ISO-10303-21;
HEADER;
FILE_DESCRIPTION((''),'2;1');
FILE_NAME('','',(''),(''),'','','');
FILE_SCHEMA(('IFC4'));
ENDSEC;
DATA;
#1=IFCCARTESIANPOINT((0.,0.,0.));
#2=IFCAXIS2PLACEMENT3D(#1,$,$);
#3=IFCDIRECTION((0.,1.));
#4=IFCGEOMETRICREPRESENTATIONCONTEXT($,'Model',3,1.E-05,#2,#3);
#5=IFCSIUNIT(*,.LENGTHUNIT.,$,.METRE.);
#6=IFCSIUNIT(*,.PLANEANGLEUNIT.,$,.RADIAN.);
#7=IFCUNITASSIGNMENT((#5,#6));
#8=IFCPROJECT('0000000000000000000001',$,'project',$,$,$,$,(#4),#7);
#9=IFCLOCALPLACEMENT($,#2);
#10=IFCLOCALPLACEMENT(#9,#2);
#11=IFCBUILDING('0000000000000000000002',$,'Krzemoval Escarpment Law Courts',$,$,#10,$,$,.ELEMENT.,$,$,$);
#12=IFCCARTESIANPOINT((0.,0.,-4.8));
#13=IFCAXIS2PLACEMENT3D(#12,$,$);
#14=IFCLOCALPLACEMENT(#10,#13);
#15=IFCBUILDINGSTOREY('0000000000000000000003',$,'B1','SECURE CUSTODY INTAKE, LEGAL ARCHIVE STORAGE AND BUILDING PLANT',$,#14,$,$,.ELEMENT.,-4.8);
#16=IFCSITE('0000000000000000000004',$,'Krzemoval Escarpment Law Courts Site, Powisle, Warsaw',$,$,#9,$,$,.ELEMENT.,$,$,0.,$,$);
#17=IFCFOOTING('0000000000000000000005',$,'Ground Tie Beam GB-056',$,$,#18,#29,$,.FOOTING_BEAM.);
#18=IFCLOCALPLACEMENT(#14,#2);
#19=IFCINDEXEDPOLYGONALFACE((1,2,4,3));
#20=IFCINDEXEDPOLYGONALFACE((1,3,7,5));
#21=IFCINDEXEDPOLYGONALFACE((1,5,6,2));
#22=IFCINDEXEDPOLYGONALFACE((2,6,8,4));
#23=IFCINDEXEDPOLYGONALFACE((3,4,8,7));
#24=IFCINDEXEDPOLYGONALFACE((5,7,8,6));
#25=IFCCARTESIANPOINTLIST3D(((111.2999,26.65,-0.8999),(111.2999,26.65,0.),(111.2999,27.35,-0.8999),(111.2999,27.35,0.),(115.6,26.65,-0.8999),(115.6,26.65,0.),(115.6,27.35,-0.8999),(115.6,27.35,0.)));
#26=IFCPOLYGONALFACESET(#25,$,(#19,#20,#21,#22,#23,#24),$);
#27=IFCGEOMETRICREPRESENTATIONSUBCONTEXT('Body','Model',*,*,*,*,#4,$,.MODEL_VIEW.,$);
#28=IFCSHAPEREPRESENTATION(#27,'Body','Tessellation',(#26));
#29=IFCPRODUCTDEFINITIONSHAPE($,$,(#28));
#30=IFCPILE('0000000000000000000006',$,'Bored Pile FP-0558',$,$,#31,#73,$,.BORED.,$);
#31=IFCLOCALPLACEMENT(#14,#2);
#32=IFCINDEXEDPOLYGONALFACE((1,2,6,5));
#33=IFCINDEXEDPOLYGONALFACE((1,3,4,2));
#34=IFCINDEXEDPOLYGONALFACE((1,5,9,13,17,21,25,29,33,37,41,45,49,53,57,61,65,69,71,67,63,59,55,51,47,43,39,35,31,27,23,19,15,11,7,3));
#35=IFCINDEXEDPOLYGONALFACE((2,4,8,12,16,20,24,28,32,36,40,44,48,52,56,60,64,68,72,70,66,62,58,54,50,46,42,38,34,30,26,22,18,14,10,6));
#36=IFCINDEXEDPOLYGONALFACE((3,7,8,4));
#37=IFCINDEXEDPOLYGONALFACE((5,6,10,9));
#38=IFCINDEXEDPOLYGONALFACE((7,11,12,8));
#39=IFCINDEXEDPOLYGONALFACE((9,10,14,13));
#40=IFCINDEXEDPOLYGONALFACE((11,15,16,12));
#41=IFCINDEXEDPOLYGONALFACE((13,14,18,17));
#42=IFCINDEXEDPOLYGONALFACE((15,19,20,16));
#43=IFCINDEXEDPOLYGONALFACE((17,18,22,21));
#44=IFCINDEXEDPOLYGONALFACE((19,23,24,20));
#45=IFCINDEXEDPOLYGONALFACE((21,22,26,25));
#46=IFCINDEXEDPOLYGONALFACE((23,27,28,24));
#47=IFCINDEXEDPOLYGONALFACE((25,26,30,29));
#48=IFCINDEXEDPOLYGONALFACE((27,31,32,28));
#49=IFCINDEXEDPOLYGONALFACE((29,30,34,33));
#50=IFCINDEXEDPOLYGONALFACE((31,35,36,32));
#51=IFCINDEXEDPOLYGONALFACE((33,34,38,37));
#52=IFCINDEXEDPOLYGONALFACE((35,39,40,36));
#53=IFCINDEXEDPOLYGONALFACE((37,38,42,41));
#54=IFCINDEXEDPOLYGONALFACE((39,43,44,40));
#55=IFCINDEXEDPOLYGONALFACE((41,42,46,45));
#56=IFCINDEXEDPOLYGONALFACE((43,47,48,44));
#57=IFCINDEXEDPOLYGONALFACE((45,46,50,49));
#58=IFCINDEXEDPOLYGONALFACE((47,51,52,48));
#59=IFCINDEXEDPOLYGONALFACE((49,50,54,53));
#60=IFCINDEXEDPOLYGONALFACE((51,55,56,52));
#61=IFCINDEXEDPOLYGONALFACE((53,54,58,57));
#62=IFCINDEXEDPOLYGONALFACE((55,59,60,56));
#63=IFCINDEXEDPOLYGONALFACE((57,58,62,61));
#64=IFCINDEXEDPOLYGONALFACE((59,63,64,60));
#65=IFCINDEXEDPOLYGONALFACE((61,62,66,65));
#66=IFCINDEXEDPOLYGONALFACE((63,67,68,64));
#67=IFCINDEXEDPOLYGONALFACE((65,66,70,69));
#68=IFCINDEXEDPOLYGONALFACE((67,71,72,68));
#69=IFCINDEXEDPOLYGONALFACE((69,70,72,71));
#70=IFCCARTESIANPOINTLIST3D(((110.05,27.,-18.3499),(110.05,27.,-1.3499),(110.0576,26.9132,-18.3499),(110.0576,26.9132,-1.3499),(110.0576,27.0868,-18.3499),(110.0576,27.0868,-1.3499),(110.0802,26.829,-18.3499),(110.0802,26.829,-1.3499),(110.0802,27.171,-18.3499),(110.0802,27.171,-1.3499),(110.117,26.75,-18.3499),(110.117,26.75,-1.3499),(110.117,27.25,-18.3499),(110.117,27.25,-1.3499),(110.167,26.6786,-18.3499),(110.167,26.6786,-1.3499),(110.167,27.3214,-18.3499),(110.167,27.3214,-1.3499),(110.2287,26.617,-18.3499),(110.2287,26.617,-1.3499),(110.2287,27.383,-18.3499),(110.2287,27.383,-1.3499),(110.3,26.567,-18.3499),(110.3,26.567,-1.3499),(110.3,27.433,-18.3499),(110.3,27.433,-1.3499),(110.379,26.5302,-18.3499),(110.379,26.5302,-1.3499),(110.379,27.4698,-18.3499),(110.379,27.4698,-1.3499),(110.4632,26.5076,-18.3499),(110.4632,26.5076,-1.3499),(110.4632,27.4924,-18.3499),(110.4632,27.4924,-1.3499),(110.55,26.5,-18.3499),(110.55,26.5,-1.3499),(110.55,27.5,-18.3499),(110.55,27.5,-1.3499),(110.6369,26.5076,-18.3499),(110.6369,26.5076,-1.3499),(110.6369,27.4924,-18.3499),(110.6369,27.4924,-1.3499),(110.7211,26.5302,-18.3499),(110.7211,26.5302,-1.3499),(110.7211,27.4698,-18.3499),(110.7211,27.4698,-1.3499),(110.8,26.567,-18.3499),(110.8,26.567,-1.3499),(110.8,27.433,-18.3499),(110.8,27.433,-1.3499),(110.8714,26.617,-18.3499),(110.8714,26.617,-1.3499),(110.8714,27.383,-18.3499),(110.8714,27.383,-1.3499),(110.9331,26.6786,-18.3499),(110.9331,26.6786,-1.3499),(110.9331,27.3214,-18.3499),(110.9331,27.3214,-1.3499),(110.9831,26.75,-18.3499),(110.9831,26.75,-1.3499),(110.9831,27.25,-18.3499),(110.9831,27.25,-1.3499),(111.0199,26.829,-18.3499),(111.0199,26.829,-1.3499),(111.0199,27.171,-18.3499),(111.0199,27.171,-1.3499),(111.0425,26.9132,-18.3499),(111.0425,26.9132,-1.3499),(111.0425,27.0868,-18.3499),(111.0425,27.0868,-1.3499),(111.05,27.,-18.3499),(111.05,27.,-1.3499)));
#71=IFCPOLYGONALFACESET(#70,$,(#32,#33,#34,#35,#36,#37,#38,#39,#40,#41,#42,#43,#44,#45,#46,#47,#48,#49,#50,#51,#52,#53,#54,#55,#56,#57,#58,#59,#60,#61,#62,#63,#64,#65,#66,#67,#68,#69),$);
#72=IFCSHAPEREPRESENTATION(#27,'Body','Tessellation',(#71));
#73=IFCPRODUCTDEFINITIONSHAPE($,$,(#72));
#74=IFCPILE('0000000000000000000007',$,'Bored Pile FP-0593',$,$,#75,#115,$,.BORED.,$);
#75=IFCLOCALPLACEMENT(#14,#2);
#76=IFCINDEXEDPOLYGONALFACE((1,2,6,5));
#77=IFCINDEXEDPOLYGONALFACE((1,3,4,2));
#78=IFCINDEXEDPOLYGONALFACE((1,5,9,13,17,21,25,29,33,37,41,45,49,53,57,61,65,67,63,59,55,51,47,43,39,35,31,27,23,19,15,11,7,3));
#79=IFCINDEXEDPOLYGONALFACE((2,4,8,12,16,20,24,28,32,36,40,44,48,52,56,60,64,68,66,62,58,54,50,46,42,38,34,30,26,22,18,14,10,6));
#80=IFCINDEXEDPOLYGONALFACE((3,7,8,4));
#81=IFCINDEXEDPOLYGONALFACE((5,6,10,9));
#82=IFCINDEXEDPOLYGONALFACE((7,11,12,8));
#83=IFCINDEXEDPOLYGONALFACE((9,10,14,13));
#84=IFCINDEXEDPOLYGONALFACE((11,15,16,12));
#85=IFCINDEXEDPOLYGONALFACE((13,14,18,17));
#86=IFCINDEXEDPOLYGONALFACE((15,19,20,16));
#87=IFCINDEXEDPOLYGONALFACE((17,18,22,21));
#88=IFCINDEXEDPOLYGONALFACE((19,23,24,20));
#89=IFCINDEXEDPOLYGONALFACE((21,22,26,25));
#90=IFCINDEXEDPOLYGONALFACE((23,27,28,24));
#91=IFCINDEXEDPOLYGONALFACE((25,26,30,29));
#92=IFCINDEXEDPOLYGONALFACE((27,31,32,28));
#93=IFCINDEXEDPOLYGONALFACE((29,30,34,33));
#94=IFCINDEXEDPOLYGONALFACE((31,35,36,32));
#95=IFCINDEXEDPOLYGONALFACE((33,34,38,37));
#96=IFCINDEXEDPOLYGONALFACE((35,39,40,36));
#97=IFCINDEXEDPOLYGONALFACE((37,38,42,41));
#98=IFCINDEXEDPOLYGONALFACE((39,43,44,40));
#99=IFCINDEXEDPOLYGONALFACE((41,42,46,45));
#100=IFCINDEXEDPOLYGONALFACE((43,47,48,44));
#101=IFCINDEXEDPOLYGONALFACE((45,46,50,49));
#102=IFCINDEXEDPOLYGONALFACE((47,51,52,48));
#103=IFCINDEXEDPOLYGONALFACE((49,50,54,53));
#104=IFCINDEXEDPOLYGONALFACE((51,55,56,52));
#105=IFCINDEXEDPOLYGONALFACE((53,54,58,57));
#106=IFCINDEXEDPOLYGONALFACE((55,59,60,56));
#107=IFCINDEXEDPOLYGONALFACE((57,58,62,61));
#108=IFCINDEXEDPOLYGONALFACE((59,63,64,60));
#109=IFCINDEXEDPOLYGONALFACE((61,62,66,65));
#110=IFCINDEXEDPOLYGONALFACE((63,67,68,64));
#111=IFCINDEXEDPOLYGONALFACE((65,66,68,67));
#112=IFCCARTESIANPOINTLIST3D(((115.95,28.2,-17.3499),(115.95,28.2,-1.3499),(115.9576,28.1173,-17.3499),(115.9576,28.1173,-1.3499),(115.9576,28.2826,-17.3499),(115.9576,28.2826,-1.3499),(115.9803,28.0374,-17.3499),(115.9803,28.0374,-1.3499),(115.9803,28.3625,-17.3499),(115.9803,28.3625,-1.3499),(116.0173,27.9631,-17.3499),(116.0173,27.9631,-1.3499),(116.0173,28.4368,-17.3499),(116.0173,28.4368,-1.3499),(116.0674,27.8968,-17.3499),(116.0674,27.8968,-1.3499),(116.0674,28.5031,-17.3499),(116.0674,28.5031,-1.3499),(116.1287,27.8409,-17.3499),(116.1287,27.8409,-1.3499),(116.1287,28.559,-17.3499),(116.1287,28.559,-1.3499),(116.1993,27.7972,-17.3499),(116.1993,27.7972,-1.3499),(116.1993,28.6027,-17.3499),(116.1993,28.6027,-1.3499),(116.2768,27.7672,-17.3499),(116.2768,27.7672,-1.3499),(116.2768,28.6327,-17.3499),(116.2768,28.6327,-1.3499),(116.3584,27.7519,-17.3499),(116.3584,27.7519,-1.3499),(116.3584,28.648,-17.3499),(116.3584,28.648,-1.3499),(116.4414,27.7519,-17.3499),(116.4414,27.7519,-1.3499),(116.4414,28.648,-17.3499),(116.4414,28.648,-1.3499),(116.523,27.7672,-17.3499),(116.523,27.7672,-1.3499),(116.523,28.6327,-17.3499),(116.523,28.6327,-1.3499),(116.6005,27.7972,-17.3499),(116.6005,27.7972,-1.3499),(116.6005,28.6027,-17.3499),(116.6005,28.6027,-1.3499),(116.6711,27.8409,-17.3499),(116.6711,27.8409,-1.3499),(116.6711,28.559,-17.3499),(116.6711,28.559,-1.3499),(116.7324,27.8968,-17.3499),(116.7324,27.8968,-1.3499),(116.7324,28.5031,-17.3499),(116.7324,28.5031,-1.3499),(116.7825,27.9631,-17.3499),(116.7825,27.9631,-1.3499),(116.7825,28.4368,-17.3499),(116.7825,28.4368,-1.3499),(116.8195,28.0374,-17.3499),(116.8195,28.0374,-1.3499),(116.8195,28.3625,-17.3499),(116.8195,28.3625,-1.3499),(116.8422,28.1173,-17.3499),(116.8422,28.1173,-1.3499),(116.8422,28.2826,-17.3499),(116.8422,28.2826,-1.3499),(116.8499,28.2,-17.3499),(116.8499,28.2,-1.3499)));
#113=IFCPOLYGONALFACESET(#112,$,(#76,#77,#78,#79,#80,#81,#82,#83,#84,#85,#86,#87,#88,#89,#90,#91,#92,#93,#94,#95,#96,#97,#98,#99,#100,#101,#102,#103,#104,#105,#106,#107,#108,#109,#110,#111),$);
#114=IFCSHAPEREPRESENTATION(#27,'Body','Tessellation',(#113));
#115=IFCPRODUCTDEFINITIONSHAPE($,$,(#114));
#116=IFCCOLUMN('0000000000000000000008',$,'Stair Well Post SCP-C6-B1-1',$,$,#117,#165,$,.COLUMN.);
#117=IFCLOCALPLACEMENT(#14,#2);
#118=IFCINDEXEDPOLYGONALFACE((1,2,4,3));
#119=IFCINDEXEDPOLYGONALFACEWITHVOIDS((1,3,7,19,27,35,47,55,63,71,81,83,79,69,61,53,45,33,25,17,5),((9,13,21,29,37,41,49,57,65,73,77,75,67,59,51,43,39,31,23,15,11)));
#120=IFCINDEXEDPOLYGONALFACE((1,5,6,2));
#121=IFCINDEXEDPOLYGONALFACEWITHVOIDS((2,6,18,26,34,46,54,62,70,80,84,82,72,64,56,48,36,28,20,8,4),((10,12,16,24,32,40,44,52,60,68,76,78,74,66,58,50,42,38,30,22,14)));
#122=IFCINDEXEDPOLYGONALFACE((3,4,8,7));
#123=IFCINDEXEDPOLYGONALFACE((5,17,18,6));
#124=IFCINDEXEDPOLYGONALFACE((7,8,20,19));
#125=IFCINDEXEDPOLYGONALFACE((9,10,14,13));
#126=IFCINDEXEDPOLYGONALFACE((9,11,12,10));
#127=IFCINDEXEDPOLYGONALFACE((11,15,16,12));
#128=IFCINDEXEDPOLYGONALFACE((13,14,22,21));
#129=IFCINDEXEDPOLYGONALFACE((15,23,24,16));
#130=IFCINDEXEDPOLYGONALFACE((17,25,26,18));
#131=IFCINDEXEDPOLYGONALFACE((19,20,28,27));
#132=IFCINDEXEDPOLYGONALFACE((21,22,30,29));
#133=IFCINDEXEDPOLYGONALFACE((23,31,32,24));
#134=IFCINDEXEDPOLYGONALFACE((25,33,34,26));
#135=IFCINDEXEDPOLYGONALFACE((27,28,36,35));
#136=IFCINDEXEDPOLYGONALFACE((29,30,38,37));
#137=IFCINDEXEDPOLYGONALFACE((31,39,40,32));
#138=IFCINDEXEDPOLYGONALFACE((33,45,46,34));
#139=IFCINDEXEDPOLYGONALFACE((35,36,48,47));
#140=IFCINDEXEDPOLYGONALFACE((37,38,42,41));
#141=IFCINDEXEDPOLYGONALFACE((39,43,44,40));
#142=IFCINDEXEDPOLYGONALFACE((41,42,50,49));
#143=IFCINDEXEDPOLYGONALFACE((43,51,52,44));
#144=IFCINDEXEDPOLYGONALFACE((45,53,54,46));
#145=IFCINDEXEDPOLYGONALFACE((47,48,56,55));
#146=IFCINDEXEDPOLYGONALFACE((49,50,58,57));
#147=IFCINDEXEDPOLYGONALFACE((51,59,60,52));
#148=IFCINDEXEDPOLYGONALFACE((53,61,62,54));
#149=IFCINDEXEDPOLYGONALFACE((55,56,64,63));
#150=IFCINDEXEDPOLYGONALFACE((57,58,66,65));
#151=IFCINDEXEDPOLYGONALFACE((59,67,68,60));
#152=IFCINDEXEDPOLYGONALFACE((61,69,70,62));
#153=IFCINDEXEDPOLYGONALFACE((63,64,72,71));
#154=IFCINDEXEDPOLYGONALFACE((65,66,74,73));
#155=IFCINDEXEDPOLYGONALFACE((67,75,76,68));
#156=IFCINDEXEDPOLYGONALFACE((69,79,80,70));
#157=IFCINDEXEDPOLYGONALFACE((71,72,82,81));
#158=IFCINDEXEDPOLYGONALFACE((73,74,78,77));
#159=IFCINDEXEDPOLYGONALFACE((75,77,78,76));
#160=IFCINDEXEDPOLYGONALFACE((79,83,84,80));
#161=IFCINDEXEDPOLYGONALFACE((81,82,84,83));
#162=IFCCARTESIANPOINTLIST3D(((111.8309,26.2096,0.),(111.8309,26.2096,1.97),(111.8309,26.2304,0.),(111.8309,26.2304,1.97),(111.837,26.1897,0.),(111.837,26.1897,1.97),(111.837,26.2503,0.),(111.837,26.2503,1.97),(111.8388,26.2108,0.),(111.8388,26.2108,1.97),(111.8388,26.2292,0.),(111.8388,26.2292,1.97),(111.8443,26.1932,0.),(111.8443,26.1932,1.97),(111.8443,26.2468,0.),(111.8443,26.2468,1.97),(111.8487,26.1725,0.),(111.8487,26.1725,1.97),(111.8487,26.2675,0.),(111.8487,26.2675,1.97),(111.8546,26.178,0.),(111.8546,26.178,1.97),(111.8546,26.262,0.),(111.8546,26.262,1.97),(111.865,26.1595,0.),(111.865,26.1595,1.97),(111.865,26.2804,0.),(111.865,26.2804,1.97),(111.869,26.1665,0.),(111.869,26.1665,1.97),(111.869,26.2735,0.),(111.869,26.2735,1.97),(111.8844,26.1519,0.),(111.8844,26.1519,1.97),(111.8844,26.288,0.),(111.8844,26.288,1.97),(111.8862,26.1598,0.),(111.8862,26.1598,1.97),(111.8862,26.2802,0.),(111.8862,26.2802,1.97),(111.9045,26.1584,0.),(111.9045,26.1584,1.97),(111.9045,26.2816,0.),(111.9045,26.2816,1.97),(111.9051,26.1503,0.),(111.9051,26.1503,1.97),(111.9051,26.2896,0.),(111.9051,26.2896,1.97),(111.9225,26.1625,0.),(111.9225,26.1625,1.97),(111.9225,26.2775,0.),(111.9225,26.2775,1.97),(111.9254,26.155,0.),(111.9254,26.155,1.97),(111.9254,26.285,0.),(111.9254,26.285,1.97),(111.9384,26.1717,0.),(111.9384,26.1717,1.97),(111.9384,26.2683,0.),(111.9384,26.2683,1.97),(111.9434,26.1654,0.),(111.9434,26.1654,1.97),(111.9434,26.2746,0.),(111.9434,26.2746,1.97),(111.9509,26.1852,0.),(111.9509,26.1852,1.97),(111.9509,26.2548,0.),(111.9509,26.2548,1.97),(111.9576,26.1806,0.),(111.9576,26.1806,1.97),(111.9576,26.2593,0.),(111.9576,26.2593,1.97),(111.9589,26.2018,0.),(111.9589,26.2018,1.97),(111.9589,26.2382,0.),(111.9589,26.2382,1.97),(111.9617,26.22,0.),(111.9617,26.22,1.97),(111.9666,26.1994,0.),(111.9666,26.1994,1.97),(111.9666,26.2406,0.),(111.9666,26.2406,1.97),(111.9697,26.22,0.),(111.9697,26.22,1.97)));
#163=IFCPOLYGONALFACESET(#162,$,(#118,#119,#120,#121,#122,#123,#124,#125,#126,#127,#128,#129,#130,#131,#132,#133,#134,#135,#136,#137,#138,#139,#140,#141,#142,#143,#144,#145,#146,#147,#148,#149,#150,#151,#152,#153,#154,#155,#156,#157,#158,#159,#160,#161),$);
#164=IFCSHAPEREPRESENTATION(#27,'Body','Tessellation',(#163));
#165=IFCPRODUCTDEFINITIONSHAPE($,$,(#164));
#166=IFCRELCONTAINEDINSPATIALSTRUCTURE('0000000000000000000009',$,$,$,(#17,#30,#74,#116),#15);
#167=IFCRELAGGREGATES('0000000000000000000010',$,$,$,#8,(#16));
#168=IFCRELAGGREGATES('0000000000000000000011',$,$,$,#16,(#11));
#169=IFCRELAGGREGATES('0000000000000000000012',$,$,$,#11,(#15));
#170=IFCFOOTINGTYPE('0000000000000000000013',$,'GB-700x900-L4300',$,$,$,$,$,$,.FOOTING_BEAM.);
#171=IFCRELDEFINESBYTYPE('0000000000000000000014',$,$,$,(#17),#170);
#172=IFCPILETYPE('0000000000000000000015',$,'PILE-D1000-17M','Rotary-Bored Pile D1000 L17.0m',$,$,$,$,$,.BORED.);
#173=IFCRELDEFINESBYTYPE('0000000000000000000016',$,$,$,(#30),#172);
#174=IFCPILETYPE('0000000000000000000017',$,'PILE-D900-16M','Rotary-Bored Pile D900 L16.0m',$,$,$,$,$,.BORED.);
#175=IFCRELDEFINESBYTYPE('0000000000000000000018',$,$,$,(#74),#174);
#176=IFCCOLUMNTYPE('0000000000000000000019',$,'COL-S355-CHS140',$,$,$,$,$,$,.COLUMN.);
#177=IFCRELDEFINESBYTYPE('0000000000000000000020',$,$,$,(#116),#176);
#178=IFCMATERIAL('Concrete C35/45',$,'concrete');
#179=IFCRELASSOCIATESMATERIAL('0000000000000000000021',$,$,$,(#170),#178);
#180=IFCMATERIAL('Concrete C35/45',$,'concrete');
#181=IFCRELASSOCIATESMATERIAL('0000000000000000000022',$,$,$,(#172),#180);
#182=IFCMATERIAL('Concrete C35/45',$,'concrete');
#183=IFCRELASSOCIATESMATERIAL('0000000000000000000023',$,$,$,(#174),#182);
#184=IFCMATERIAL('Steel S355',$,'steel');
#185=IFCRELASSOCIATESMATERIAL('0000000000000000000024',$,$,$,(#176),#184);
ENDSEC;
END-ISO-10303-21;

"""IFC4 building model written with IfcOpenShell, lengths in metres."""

from ifc_helpers import new_model, si_unit, direction, frame, origin, origin_2d, place, context, subcontext, project, spatial, rectangle, circle, hollow_circle, extrude, material, material_profile, profile_set, type_object, element, save


model = new_model("IFC4")

# Units and contexts
model_context = context("Model", 3, precision=1e-05, world=origin(), true_north=direction((0.0, 1.0)))
body_context = subcontext(model_context, "Body", "Model", "MODEL_VIEW")
ifc_project = project(units=[si_unit("LENGTHUNIT", "METRE"), si_unit("PLANEANGLEUNIT", "RADIAN")], contexts=[model_context])

# Site, building, storey
site_placement = place(None, origin())
site = spatial("IfcSite", under=ifc_project, at=site_placement, Name="Krzemoval Escarpment Law Courts Site, Powisle, Warsaw", CompositionType="ELEMENT", RefElevation=0.0)
building_placement = place(site_placement, origin())
building = spatial("IfcBuilding", under=site, at=building_placement, Name="Krzemoval Escarpment Law Courts", CompositionType="ELEMENT")
storey_placement = place(building_placement, frame((0.0, 0.0, -4.8)))
storey = spatial("IfcBuildingStorey", under=building, at=storey_placement, Name="B1", Description="SECURE CUSTODY INTAKE, LEGAL ARCHIVE STORAGE AND BUILDING PLANT", CompositionType="ELEMENT", Elevation=-4.8)

# Footing
ifc_material_1 = material(Name="Concrete C35/45", Category="concrete")
footing_type = type_object("IfcFootingType", Name="GB-700x900-L4300", PredefinedType="FOOTING_BEAM", material=ifc_material_1)
footing_placement = place(storey_placement, frame((113.45, 27.0, -0.8999), z_axis=(0.0, 0.0, 1.0), x_axis=(1.0, 0.0, 0.0)))
element("IfcFooting", 1, at=footing_placement, inside=storey, type_object=footing_type, Name="Ground Tie Beam GB-056", PredefinedType="FOOTING_BEAM", context=body_context, shape_type="SweptSolid", body=[
    extrude(rectangle(XDim=4.3, YDim=0.7, at=origin_2d()), origin(), (0.0, 0.0, 1.0), 0.8999),
])

# Piles
ifc_material_2 = material(Name="Concrete C35/45", Category="concrete")
ifc_material_profile_1 = material_profile(ifc_material_2, circle(Radius=0.5, at=origin_2d()), Name="PILE D1000")
ifc_profile_set_1 = profile_set([ifc_material_profile_1], Name="Concrete C35/45")
pile_type_1 = type_object("IfcPileType", Name="PILE-D1000-17M", Description="Rotary-Bored Pile D1000 L17.0m", PredefinedType="BORED", material=ifc_profile_set_1)
pile_1_placement = place(storey_placement, frame((110.55, 27.0, -1.3499), z_axis=(0.0, 0.0, -1.0), x_axis=(1.0, 0.0, 0.0)))
element("IfcPile", 2, at=pile_1_placement, inside=storey, type_object=pile_type_1, Name="Bored Pile FP-0558", PredefinedType="BORED", context=body_context, shape_type="SweptSolid", body=[
    extrude(circle(Radius=0.5, at=origin_2d()), origin(), (0.0, 0.0, 1.0), 17.0),
])
ifc_material_3 = material(Name="Concrete C35/45", Category="concrete")
ifc_material_profile_2 = material_profile(ifc_material_3, circle(Radius=0.45, at=origin_2d()), Name="PILE D900")
ifc_profile_set_2 = profile_set([ifc_material_profile_2], Name="Concrete C35/45")
pile_type_2 = type_object("IfcPileType", Name="PILE-D900-16M", Description="Rotary-Bored Pile D900 L16.0m", PredefinedType="BORED", material=ifc_profile_set_2)
pile_2_placement = place(storey_placement, frame((116.3999, 28.2, -1.3499), z_axis=(0.0, 0.0, -1.0), x_axis=(1.0, 0.0, 0.0)))
element("IfcPile", 3, at=pile_2_placement, inside=storey, type_object=pile_type_2, Name="Bored Pile FP-0593", PredefinedType="BORED", context=body_context, shape_type="SweptSolid", body=[
    extrude(circle(Radius=0.45, at=origin_2d()), origin(), (0.0, 0.0, 1.0), 16.0),
])

# Column
ifc_material_4 = material(Name="Steel S355", Category="steel")
ifc_material_profile_3 = material_profile(ifc_material_4, hollow_circle(Radius=0.0698, WallThickness=0.0081, at=origin_2d()), Name="CHS 139.7x8")
ifc_profile_set_3 = profile_set([ifc_material_profile_3], Name="Steel S355")
column_type = type_object("IfcColumnType", Name="COL-S355-CHS140", PredefinedType="COLUMN", material=ifc_profile_set_3)
for number, where, z_axis, x_axis, name in (
    (4, (111.8999, 26.22, 0.0), (0.0, 0.0, 1.0), (1.0, 0.0, 0.0), "Stair Well Post SCP-C6-B1-1"),
):
    element("IfcColumn", number, at=place(storey_placement, frame(where, z_axis=z_axis, x_axis=x_axis)), inside=storey, type_object=column_type, Name=name, PredefinedType="COLUMN", context=body_context, shape_type="SweptSolid", body=[
        extrude(hollow_circle(Radius=0.0698, WallThickness=0.0081, at=origin_2d()), origin(), (0.0, 0.0, 1.0), 1.97),
    ])

save(model, "model.ifc")
